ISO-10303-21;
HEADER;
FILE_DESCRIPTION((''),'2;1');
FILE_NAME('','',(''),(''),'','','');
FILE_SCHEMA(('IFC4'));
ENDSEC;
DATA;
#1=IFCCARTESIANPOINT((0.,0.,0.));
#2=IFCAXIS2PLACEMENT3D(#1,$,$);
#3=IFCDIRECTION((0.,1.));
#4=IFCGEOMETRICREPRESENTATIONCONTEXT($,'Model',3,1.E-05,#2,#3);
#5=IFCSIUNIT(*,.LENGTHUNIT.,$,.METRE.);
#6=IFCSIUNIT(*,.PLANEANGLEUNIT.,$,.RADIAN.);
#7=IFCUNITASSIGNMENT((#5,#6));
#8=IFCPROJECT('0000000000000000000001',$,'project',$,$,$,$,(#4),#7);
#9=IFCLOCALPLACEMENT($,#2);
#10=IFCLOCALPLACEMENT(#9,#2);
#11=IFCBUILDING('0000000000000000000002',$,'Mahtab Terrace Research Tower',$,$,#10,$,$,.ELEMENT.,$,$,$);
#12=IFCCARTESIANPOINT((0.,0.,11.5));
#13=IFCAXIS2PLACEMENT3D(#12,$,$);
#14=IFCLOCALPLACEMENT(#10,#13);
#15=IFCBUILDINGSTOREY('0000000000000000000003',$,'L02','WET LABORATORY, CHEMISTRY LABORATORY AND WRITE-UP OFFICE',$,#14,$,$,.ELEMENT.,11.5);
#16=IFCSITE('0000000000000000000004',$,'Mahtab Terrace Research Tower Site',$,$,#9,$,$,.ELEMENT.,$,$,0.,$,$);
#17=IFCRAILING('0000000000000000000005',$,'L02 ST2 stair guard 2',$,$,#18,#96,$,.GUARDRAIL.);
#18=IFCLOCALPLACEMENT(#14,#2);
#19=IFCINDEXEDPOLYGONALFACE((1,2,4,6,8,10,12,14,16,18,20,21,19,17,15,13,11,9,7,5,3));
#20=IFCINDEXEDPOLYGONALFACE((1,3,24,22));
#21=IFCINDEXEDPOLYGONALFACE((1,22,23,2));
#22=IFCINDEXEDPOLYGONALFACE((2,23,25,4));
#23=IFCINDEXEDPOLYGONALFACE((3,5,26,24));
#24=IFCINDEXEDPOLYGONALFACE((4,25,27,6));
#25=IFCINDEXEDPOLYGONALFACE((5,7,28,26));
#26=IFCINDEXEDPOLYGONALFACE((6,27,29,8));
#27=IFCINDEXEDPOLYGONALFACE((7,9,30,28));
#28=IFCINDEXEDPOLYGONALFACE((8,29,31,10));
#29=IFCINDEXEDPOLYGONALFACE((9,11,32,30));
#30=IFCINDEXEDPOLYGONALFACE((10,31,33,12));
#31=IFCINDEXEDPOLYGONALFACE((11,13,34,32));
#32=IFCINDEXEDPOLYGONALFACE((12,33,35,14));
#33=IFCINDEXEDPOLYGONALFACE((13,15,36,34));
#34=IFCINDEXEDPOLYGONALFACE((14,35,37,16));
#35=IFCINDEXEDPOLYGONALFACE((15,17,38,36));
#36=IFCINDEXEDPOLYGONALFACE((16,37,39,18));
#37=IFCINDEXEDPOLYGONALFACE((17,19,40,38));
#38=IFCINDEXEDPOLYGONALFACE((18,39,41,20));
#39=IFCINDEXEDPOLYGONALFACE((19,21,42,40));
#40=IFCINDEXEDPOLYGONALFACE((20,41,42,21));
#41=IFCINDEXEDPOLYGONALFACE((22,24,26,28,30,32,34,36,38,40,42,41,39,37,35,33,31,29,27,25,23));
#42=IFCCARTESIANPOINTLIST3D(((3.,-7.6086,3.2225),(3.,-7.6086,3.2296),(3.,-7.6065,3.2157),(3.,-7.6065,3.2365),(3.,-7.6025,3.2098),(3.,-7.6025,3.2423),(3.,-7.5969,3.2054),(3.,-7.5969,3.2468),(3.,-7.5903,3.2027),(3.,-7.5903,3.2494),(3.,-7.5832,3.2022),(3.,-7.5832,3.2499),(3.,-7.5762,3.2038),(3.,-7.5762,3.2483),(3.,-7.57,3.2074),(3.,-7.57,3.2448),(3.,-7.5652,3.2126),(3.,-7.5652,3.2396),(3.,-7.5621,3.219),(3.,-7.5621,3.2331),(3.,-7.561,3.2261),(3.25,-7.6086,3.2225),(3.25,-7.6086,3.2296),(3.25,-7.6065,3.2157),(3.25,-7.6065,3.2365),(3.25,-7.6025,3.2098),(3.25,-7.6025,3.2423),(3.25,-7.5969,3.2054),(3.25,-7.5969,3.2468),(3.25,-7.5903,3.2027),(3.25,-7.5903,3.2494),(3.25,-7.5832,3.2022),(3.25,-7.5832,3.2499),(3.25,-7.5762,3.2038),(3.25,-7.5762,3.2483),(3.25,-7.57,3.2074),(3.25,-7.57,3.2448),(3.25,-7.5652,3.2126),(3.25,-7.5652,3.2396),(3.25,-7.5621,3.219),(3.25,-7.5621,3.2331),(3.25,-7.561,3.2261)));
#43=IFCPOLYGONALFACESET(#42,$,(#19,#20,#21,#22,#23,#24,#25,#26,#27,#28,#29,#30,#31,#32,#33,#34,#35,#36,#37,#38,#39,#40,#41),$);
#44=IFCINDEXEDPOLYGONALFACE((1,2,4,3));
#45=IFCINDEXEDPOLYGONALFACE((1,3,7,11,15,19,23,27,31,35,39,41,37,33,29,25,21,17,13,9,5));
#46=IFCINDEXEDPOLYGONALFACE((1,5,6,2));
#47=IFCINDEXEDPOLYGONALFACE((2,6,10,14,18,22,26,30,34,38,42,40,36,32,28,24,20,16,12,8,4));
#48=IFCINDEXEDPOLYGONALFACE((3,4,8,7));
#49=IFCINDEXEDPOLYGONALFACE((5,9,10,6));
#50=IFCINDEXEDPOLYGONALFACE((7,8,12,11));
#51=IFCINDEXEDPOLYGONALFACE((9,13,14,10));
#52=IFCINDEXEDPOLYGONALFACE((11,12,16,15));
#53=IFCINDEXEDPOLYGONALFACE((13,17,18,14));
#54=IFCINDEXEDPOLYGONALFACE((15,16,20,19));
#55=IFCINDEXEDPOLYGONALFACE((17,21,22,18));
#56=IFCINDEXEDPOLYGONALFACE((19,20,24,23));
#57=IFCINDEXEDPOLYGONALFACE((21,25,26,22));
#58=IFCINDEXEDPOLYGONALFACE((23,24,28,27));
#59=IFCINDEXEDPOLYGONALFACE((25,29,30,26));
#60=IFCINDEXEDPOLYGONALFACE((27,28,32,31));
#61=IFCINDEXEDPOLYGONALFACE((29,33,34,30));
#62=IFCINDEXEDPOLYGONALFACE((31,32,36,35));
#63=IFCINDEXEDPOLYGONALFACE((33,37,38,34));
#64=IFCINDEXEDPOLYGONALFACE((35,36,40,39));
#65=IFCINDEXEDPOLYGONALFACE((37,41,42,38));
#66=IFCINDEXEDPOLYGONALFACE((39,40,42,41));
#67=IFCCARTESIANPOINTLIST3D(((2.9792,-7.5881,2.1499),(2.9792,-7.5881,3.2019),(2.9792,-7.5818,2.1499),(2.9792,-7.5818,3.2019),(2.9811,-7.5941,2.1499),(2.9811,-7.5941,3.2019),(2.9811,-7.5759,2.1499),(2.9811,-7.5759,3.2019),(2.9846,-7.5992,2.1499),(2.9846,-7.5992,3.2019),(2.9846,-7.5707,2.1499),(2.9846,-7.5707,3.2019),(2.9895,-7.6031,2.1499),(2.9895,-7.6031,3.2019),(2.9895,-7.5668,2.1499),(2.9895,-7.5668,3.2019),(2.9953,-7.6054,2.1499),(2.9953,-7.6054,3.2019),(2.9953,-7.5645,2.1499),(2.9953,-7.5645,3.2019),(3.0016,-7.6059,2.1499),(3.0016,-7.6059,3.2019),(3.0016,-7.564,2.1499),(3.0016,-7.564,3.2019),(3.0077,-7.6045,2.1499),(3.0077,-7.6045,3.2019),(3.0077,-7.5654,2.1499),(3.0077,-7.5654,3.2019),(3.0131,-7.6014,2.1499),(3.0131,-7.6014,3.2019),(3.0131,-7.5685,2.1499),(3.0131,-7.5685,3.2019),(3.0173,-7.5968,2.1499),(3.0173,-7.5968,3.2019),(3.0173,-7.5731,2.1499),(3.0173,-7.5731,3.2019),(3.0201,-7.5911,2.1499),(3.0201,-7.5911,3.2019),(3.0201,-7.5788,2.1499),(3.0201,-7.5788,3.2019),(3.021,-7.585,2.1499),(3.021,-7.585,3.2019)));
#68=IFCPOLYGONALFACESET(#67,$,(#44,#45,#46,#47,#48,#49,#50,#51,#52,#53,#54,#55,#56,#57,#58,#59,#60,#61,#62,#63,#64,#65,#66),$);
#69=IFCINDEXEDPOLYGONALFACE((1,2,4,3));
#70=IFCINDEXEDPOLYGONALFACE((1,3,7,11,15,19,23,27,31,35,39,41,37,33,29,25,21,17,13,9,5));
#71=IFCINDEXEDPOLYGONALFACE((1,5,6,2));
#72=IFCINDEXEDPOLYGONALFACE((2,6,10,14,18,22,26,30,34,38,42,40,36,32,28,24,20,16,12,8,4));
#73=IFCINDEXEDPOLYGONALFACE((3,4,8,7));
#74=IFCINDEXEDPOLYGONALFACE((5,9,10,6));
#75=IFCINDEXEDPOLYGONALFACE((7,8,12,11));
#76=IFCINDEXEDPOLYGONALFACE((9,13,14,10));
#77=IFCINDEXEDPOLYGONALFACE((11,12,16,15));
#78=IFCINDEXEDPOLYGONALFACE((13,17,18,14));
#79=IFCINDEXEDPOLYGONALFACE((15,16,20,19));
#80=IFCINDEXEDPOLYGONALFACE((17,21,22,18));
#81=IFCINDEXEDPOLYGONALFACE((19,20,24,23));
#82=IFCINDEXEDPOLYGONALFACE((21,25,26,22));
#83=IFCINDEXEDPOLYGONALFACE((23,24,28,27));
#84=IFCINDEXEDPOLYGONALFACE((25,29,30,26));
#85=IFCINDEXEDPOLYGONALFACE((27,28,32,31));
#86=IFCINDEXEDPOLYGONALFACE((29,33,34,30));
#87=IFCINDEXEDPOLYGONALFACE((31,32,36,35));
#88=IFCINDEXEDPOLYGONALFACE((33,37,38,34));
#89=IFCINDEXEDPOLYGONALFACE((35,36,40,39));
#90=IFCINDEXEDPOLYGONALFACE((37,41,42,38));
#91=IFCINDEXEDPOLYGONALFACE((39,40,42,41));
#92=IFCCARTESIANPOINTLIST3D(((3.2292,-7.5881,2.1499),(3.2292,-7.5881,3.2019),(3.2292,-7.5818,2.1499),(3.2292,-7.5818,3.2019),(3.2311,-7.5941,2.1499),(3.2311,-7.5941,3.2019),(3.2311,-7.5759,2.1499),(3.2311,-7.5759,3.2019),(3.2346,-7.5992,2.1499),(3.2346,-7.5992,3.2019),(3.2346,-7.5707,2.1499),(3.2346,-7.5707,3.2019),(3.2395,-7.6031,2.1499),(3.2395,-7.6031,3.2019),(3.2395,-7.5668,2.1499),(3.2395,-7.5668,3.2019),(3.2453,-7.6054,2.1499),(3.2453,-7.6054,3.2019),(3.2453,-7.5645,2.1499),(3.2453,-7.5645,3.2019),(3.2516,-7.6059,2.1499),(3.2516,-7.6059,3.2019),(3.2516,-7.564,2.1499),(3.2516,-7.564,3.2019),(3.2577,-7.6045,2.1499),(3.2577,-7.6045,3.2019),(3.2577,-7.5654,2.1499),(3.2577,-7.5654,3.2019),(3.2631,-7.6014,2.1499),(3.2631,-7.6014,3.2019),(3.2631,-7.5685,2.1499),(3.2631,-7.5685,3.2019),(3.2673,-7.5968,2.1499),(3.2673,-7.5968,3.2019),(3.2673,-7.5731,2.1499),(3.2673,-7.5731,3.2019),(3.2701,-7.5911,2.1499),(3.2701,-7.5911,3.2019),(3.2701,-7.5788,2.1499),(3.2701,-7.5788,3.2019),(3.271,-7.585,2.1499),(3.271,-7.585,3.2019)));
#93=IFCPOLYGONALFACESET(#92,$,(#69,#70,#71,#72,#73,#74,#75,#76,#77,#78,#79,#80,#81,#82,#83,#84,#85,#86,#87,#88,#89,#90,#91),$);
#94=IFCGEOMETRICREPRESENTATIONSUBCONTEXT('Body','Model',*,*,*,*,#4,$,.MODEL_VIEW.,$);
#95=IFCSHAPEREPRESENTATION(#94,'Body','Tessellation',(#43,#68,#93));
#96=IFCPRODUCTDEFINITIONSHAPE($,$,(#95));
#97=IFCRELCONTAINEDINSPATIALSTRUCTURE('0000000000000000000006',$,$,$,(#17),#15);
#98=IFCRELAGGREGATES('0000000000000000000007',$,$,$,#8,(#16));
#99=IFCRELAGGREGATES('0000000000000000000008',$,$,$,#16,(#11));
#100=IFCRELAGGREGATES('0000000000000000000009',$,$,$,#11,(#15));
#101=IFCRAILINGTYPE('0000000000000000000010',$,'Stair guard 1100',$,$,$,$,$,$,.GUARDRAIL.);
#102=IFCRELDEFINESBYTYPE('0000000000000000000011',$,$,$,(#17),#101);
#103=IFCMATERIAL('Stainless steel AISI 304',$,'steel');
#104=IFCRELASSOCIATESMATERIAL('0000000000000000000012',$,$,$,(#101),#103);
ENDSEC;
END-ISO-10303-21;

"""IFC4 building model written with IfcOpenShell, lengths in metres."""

from ifc_helpers import new_model, si_unit, direction, frame, origin, origin_2d, place, context, subcontext, project, spatial, circle, extrude, material, type_object, element, save


model = new_model("IFC4")

# Units and contexts
model_context = context("Model", 3, precision=1e-05, world=origin(), true_north=direction((0.0, 1.0)))
body_context = subcontext(model_context, "Body", "Model", "MODEL_VIEW")
ifc_project = project(units=[si_unit("LENGTHUNIT", "METRE"), si_unit("PLANEANGLEUNIT", "RADIAN")], contexts=[model_context])

# Site, building, storey
site_placement = place(None, origin())
site = spatial("IfcSite", under=ifc_project, at=site_placement, Name="Mahtab Terrace Research Tower Site", CompositionType="ELEMENT", RefElevation=0.0)
building_placement = place(site_placement, origin())
building = spatial("IfcBuilding", under=site, at=building_placement, Name="Mahtab Terrace Research Tower", CompositionType="ELEMENT")
storey_placement = place(building_placement, frame((0.0, 0.0, 11.5)))
storey = spatial("IfcBuildingStorey", under=building, at=storey_placement, Name="L02", Description="WET LABORATORY, CHEMISTRY LABORATORY AND WRITE-UP OFFICE", CompositionType="ELEMENT", Elevation=11.5)

# Railing
ifc_material_1 = material(Name="Stainless steel AISI 304", Category="steel")
railing_type_1 = type_object("IfcRailingType", Name="Stair guard 1100", PredefinedType="GUARDRAIL", material=ifc_material_1)
railing_1_placement = place(storey_placement, frame((3.0, -7.585, 2.1499)))
element("IfcRailing", 1, at=railing_1_placement, inside=storey, type_object=railing_type_1, Name="L02 ST2 stair guard 2", PredefinedType="GUARDRAIL", context=body_context, shape_type="SweptSolid", body=[
    extrude(circle(Radius=0.0239, at=origin_2d()), frame((0.0, 0.0, 1.0762), z_axis=(1.0, 0.0, 0.0), x_axis=(0.0, 1.0, 0.0)), (0.0, 0.0, 1.0), 0.25),
    extrude(circle(Radius=0.021, at=origin_2d()), origin(), (0.0, 0.0, 1.0), 1.052),
    extrude(circle(Radius=0.021, at=origin_2d()), frame((0.25, 0.0, 0.0)), (0.0, 0.0, 1.0), 1.052),
])

save(model, "model.ifc")
